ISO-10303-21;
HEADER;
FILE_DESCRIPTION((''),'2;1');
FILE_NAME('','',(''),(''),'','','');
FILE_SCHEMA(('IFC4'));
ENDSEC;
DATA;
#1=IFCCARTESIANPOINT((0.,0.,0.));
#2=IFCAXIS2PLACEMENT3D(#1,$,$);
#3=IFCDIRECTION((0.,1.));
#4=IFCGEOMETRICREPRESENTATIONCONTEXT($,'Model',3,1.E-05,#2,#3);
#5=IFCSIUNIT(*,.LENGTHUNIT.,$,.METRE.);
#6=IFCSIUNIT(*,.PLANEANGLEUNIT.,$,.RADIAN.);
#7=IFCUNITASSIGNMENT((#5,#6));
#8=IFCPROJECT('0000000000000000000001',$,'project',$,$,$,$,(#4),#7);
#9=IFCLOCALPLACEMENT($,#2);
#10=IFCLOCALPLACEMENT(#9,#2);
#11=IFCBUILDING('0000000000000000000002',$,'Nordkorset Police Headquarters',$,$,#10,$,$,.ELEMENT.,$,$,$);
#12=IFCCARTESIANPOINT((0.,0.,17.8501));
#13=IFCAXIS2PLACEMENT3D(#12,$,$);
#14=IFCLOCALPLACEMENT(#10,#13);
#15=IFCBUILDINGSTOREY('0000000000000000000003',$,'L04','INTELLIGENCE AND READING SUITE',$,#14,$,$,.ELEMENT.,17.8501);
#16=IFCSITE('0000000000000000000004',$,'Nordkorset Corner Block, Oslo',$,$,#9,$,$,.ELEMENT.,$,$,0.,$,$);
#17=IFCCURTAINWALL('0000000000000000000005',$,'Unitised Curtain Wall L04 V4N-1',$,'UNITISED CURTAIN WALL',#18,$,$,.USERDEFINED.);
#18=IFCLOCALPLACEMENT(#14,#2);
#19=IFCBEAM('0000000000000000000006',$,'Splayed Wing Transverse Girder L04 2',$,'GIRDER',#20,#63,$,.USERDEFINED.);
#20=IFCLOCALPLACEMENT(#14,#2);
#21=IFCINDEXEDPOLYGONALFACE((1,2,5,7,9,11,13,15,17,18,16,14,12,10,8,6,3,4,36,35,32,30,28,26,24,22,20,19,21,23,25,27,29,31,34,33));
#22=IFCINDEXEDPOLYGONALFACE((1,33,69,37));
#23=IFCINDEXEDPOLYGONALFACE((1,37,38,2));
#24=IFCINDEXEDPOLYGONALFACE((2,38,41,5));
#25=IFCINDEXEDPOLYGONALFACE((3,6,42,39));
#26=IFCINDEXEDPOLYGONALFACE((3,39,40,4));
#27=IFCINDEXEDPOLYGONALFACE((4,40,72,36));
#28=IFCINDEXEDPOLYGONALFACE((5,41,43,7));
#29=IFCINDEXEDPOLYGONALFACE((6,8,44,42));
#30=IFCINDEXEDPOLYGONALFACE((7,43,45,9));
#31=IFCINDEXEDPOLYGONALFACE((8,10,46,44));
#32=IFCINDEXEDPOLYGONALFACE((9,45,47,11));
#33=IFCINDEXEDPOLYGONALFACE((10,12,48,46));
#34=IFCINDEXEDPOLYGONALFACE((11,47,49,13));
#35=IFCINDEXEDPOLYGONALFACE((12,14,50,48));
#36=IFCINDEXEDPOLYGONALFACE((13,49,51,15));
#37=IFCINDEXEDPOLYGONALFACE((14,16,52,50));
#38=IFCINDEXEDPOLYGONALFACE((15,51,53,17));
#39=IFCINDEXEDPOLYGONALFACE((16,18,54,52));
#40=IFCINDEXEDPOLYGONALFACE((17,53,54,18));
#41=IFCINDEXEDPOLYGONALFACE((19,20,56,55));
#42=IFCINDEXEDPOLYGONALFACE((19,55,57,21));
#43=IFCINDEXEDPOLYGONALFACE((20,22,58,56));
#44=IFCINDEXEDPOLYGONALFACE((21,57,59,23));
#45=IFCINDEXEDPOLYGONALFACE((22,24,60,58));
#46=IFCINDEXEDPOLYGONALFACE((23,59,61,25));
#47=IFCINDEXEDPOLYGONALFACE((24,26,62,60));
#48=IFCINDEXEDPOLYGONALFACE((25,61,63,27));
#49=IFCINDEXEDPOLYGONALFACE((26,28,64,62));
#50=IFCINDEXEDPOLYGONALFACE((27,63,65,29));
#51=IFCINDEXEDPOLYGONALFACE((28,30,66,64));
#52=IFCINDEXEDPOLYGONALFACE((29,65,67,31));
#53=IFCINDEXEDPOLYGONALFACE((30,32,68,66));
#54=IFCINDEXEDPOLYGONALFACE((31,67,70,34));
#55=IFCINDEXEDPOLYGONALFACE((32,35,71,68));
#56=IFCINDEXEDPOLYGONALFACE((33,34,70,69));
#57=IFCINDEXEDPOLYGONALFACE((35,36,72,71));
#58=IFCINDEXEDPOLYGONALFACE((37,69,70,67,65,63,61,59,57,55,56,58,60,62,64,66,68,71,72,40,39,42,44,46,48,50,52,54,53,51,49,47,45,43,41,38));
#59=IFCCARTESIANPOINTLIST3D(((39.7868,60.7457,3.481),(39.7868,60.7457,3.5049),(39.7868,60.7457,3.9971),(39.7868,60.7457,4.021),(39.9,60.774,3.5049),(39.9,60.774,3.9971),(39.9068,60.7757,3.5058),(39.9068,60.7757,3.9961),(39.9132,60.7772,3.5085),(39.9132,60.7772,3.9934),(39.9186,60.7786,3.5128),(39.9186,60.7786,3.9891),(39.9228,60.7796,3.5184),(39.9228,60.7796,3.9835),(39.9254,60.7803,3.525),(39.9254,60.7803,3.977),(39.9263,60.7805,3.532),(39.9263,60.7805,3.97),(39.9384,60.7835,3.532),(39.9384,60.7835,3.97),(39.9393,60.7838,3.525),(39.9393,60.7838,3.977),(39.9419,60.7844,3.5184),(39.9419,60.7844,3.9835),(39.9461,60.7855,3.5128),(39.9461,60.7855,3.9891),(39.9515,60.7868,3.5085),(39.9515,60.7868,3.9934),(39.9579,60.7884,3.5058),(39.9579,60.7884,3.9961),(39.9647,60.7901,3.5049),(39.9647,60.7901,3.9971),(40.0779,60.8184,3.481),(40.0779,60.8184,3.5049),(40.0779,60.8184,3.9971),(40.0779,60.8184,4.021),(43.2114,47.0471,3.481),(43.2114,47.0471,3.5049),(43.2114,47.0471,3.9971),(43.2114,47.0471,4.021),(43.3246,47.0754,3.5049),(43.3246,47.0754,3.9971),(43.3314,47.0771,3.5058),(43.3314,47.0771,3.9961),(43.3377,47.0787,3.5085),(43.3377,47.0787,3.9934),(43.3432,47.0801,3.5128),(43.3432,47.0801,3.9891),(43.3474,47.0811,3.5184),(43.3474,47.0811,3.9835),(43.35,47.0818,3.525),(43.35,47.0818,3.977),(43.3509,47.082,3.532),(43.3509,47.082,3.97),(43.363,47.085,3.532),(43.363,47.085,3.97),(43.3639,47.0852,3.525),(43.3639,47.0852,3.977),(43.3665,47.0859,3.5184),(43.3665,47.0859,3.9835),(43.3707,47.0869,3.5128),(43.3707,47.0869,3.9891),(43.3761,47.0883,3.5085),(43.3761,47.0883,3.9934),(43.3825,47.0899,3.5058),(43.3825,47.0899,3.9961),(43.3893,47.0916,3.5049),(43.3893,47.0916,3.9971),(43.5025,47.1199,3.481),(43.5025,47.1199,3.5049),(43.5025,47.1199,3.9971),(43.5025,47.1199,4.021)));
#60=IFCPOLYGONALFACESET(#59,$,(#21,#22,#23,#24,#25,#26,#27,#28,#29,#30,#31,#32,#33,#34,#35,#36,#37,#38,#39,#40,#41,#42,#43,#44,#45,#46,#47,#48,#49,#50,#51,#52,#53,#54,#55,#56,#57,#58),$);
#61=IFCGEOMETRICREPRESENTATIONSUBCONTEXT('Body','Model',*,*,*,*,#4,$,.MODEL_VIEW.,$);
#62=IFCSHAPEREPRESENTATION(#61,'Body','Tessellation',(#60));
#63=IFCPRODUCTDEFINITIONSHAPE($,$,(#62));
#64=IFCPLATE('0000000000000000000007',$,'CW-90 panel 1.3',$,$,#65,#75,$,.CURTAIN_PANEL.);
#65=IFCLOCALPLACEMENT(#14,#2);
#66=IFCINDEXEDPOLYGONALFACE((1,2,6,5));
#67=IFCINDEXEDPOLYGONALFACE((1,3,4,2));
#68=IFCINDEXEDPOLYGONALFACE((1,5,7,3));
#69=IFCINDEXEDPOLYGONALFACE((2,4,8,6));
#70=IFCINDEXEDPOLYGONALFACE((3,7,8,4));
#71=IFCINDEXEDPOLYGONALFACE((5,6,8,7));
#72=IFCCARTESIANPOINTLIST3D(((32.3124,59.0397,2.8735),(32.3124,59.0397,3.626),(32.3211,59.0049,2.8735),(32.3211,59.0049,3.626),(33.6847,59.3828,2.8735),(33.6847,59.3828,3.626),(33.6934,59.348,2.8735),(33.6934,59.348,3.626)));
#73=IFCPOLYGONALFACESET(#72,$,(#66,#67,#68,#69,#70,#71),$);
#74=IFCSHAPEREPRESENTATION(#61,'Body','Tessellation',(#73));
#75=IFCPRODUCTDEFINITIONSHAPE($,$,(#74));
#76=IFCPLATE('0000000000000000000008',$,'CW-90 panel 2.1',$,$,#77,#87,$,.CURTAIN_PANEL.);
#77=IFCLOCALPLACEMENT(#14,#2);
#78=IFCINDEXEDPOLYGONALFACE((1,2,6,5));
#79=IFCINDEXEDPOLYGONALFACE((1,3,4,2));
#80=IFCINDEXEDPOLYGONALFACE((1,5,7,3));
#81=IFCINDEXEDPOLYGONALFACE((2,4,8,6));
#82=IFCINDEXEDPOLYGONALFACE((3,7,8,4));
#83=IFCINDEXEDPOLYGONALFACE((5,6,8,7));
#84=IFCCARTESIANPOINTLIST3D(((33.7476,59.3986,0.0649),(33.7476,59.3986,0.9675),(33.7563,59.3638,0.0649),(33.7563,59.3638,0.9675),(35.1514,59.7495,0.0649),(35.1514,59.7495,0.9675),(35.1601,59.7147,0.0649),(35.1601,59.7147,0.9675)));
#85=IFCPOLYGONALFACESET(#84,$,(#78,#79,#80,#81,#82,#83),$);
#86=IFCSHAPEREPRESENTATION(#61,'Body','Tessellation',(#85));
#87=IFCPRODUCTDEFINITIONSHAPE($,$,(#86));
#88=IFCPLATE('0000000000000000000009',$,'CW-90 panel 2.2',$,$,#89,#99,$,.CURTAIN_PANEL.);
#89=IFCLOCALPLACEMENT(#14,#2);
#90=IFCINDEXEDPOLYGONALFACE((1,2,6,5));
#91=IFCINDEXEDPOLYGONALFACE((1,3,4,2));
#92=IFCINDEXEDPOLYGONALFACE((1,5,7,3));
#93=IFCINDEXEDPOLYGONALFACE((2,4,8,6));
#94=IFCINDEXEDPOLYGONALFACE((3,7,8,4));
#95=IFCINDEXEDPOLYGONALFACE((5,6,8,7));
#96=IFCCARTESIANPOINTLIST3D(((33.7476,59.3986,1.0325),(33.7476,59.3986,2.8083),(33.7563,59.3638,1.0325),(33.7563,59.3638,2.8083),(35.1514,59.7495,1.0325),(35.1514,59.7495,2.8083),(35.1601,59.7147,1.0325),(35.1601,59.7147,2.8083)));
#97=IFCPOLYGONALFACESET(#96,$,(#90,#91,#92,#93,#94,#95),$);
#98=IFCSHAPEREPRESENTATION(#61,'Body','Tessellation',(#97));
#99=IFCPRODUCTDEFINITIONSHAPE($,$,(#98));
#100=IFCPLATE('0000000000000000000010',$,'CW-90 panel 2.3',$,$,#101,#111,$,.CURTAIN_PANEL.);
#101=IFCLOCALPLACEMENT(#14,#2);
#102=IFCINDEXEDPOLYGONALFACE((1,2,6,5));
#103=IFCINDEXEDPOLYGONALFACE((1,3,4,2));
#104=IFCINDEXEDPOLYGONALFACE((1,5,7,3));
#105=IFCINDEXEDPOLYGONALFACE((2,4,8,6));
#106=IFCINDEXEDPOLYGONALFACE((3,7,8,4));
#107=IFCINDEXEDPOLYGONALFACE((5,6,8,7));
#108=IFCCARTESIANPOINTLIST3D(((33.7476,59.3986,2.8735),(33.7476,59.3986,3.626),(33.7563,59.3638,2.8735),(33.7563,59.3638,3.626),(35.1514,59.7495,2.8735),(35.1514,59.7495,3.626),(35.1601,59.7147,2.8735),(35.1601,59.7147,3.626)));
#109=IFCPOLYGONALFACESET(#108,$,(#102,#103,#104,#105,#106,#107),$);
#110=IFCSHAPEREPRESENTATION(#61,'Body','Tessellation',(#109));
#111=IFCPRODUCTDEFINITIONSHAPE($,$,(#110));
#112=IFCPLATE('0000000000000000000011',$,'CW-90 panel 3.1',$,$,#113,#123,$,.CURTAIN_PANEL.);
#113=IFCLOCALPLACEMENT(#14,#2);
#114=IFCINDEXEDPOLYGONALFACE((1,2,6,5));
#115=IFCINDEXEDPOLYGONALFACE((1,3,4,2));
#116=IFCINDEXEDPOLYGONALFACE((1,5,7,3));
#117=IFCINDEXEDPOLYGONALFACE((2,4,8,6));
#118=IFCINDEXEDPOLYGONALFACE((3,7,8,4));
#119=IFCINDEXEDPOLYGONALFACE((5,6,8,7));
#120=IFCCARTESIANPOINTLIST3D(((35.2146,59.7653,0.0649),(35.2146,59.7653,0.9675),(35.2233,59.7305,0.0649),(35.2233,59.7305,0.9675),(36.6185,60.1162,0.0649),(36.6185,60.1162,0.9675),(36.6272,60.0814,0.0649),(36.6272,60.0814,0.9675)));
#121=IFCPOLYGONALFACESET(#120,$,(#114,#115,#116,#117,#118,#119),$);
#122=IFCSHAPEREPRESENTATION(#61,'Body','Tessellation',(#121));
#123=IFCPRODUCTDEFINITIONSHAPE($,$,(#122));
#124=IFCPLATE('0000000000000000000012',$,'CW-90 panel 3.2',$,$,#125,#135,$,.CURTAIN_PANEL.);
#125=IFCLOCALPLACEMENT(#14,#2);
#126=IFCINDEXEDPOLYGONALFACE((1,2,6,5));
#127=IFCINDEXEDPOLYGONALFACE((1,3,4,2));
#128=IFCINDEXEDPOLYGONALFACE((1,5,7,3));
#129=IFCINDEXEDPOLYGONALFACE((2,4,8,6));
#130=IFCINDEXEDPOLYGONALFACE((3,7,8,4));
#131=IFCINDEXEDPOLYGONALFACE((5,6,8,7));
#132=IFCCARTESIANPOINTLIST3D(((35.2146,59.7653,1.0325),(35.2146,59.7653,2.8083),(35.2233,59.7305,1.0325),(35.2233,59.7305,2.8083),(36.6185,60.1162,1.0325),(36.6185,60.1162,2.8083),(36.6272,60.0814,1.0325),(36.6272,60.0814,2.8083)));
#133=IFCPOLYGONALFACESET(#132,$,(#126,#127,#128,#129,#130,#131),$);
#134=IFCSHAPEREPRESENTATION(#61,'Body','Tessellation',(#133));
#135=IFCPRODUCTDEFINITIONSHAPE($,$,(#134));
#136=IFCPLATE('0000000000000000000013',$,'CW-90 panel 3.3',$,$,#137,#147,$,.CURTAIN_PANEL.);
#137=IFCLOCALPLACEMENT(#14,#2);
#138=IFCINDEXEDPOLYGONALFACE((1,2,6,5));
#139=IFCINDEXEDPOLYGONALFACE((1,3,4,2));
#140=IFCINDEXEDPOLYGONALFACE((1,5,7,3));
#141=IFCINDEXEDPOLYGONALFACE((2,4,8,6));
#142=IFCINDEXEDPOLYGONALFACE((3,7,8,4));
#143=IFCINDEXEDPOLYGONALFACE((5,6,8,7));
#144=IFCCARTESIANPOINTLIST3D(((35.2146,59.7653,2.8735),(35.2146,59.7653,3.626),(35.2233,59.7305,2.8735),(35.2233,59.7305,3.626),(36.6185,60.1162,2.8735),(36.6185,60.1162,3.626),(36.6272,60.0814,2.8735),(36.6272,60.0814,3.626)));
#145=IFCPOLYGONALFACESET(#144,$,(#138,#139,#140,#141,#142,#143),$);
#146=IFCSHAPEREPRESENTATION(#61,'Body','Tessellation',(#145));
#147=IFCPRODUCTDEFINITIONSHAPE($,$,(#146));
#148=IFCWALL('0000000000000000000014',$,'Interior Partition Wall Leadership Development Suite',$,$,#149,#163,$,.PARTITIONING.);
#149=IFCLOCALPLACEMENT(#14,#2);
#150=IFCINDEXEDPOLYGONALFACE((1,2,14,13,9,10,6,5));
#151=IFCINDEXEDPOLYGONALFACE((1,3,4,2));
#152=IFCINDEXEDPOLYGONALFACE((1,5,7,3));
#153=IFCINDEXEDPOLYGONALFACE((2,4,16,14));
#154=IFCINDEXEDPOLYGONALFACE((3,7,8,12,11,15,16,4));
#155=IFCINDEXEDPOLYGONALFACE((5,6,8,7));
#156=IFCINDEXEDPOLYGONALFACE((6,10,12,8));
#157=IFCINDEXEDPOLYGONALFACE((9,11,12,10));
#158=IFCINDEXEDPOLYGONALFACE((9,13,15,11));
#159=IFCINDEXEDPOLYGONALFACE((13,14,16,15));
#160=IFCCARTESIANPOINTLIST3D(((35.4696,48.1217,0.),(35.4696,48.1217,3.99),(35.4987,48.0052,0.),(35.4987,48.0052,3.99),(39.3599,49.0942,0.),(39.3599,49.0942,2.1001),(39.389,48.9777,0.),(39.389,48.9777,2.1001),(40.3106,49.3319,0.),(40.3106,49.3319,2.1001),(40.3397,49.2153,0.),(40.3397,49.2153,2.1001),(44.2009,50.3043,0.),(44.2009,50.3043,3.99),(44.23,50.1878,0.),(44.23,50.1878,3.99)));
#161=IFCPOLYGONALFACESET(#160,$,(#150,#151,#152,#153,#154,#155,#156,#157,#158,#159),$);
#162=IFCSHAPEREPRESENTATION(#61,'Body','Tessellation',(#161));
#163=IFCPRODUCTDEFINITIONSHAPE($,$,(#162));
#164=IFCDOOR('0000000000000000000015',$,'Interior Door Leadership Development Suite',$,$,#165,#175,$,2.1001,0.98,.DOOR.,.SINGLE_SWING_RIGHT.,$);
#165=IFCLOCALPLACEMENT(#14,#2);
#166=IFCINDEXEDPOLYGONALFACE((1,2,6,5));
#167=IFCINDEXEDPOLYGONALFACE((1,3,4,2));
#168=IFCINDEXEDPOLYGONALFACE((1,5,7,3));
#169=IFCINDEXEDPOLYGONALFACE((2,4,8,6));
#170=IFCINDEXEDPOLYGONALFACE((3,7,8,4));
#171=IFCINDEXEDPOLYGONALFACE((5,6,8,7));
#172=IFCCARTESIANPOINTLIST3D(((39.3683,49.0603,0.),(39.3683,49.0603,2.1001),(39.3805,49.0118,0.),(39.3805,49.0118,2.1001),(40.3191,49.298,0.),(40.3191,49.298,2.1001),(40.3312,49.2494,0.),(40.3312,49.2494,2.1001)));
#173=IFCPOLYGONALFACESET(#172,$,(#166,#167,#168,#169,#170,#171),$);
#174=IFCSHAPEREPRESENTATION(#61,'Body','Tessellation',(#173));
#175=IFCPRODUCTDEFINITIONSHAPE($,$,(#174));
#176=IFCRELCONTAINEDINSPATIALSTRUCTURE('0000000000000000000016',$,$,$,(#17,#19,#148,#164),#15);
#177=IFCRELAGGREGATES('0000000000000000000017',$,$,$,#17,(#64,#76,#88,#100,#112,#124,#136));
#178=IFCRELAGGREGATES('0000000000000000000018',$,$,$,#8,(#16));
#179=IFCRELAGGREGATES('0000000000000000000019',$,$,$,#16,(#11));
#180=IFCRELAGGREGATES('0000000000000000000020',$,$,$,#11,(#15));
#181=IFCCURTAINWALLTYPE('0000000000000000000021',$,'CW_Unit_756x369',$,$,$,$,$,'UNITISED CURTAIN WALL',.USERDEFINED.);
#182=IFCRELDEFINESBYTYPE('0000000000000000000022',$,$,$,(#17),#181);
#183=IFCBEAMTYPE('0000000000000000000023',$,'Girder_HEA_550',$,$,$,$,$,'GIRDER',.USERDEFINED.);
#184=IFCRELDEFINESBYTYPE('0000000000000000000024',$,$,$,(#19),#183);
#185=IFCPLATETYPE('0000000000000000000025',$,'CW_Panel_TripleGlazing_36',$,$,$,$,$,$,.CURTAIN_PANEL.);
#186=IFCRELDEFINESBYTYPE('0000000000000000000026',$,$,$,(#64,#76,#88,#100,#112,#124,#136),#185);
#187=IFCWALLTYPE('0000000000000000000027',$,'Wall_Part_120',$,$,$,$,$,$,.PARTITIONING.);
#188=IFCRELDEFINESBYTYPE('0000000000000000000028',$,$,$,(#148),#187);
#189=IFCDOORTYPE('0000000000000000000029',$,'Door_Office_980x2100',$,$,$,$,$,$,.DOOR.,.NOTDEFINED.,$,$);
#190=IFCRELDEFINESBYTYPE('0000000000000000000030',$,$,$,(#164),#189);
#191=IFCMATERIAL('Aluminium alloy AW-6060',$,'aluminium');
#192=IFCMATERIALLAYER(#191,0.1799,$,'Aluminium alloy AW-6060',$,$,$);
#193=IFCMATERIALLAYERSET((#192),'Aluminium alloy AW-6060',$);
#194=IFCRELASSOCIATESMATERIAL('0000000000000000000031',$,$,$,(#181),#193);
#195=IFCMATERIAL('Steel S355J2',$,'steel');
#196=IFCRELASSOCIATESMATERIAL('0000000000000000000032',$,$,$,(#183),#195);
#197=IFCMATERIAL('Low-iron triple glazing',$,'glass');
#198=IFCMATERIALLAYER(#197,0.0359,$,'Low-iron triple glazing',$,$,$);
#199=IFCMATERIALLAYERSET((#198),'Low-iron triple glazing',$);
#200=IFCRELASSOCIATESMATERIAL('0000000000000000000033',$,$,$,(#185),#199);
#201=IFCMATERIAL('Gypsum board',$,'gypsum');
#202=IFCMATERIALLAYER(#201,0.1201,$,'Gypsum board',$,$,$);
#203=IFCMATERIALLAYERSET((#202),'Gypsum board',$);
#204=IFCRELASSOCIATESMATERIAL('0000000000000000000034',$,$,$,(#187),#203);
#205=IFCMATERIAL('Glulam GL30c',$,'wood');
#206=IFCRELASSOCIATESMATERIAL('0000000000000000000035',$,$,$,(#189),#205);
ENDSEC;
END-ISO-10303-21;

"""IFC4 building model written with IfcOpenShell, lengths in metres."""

from ifc_helpers import new_model, si_unit, direction, frame, frame_2d, origin, origin_2d, place, context, subcontext, project, spatial, rectangle, i_section, extrude, material, layer, layer_set, material_profile, profile_set, type_object, element, fill, aggregate, save


model = new_model("IFC4")

# Units and contexts
model_context = context("Model", 3, precision=1e-05, world=origin(), true_north=direction((0.0, 1.0)))
body_context = subcontext(model_context, "Body", "Model", "MODEL_VIEW")
ifc_project = project(units=[si_unit("LENGTHUNIT", "METRE"), si_unit("PLANEANGLEUNIT", "RADIAN")], contexts=[model_context])

# Site, building, storey
site_placement = place(None, origin())
site = spatial("IfcSite", under=ifc_project, at=site_placement, Name="Nordkorset Corner Block, Oslo", CompositionType="ELEMENT", RefElevation=0.0)
building_placement = place(site_placement, origin())
building = spatial("IfcBuilding", under=site, at=building_placement, Name="Nordkorset Police Headquarters", CompositionType="ELEMENT")
storey_placement = place(building_placement, frame((0.0, 0.0, 17.8501)))
storey = spatial("IfcBuildingStorey", under=building, at=storey_placement, Name="L04", Description="INTELLIGENCE AND READING SUITE", CompositionType="ELEMENT", Elevation=17.8501)

# Curtain wall
ifc_material_1 = material(Name="Aluminium alloy AW-6060", Category="aluminium")
ifc_layer_1 = layer(ifc_material_1, 0.1799, Name="Aluminium alloy AW-6060")
ifc_layer_set_1 = layer_set([ifc_layer_1], Name="Aluminium alloy AW-6060")
curtain_wall_type_1 = type_object("IfcCurtainWallType", Name="CW_Unit_756x369", ElementType="UNITISED CURTAIN WALL", PredefinedType="USERDEFINED", material=ifc_layer_set_1)
curtain_wall_1_placement = place(storey_placement, origin())
curtain_wall_1 = element("IfcCurtainWall", 1, at=curtain_wall_1_placement, inside=storey, type_object=curtain_wall_type_1, Name="Unitised Curtain Wall L04 V4N-1", ObjectType="UNITISED CURTAIN WALL", PredefinedType="USERDEFINED")

# Beam
ifc_material_2 = material(Name="Steel S355J2", Category="steel")
ifc_material_profile_1 = material_profile(ifc_material_2, i_section(OverallWidth=0.3, OverallDepth=0.54, WebThickness=0.0125, FlangeThickness=0.0239, FilletRadius=0.0271, at=origin_2d()), Name="HEA 550")
ifc_profile_set_1 = profile_set([ifc_material_profile_1], Name="Steel S355J2")
beam_type = type_object("IfcBeamType", Name="Girder_HEA_550", ElementType="GIRDER", PredefinedType="USERDEFINED", material=ifc_profile_set_1)
beam_placement = place(storey_placement, frame((43.3569, 47.0835, 3.751), z_axis=(-0.242532, 0.970144, 0.0), x_axis=(-0.970144, -0.242532, 0.0)))
element("IfcBeam", 2, at=beam_placement, inside=storey, type_object=beam_type, Name="Splayed Wing Transverse Girder L04 2", ObjectType="GIRDER", PredefinedType="USERDEFINED", context=body_context, shape_type="SweptSolid", body=[
    extrude(i_section(OverallWidth=0.3, OverallDepth=0.54, WebThickness=0.0125, FlangeThickness=0.0239, FilletRadius=0.0271, at=origin_2d()), origin(), (0.0, 0.0, 1.0), 14.1201),
])

# Plates
ifc_material_3 = material(Name="Low-iron triple glazing", Category="glass")
ifc_layer_2 = layer(ifc_material_3, 0.0359, Name="Low-iron triple glazing")
ifc_layer_set_2 = layer_set([ifc_layer_2], Name="Low-iron triple glazing")
plate_type = type_object("IfcPlateType", Name="CW_Panel_TripleGlazing_36", PredefinedType="CURTAIN_PANEL", material=ifc_layer_set_2)
plate_1_placement = place(storey_placement, frame((33.0029, 59.1938, 2.8735), z_axis=(0.0, 0.0, 1.0), x_axis=(0.970143, 0.242536, 0.0)))
plate_1 = element("IfcPlate", 3, at=plate_1_placement, type_object=plate_type, Name="CW-90 panel 1.3", PredefinedType="CURTAIN_PANEL", context=body_context, shape_type="SweptSolid", body=[
    extrude(rectangle(XDim=1.4146, YDim=0.0359, at=origin_2d()), origin(), (0.0, 0.0, 1.0), 0.7524),
])
plate_2_placement = place(storey_placement, frame((34.4539, 59.5566, 0.0649), z_axis=(0.0, 0.0, 1.0), x_axis=(0.970143, 0.242536, 0.0)))
plate_2 = element("IfcPlate", 4, at=plate_2_placement, type_object=plate_type, Name="CW-90 panel 2.1", PredefinedType="CURTAIN_PANEL", context=body_context, shape_type="SweptSolid", body=[
    extrude(rectangle(XDim=1.447, YDim=0.0359, at=origin_2d()), origin(), (0.0, 0.0, 1.0), 0.9026),
])
plate_3_placement = place(storey_placement, frame((34.4539, 59.5566, 1.0325), z_axis=(0.0, 0.0, 1.0), x_axis=(0.970143, 0.242536, 0.0)))
plate_3 = element("IfcPlate", 5, at=plate_3_placement, type_object=plate_type, Name="CW-90 panel 2.2", PredefinedType="CURTAIN_PANEL", context=body_context, shape_type="SweptSolid", body=[
    extrude(rectangle(XDim=1.447, YDim=0.0359, at=origin_2d()), origin(), (0.0, 0.0, 1.0), 1.7759),
])
plate_4_placement = place(storey_placement, frame((34.4539, 59.5566, 2.8735), z_axis=(0.0, 0.0, 1.0), x_axis=(0.970143, 0.242536, 0.0)))
plate_4 = element("IfcPlate", 6, at=plate_4_placement, type_object=plate_type, Name="CW-90 panel 2.3", PredefinedType="CURTAIN_PANEL", context=body_context, shape_type="SweptSolid", body=[
    extrude(rectangle(XDim=1.447, YDim=0.0359, at=origin_2d()), origin(), (0.0, 0.0, 1.0), 0.7524),
])
plate_5_placement = place(storey_placement, frame((35.9209, 59.9233, 0.0649), z_axis=(0.0, 0.0, 1.0), x_axis=(0.970143, 0.242536, 0.0)))
plate_5 = element("IfcPlate", 7, at=plate_5_placement, type_object=plate_type, Name="CW-90 panel 3.1", PredefinedType="CURTAIN_PANEL", context=body_context, shape_type="SweptSolid", body=[
    extrude(rectangle(XDim=1.447, YDim=0.0359, at=origin_2d()), origin(), (0.0, 0.0, 1.0), 0.9026),
])
plate_6_placement = place(storey_placement, frame((35.9209, 59.9233, 1.0325), z_axis=(0.0, 0.0, 1.0), x_axis=(0.970143, 0.242536, 0.0)))
plate_6 = element("IfcPlate", 8, at=plate_6_placement, type_object=plate_type, Name="CW-90 panel 3.2", PredefinedType="CURTAIN_PANEL", context=body_context, shape_type="SweptSolid", body=[
    extrude(rectangle(XDim=1.447, YDim=0.0359, at=origin_2d()), origin(), (0.0, 0.0, 1.0), 1.7759),
])
plate_7_placement = place(storey_placement, frame((35.9209, 59.9233, 2.8735), z_axis=(0.0, 0.0, 1.0), x_axis=(0.970143, 0.242536, 0.0)))
plate_7 = element("IfcPlate", 9, at=plate_7_placement, type_object=plate_type, Name="CW-90 panel 3.3", PredefinedType="CURTAIN_PANEL", context=body_context, shape_type="SweptSolid", body=[
    extrude(rectangle(XDim=1.447, YDim=0.0359, at=origin_2d()), origin(), (0.0, 0.0, 1.0), 0.7524),
])
aggregate(curtain_wall_1, [plate_1, plate_2, plate_3, plate_4, plate_5, plate_6, plate_7])

# Wall, opening, door
ifc_material_4 = material(Name="Gypsum board", Category="gypsum")
ifc_layer_3 = layer(ifc_material_4, 0.1201, Name="Gypsum board")
ifc_layer_set_3 = layer_set([ifc_layer_3], Name="Gypsum board")
wall_type = type_object("IfcWallType", Name="Wall_Part_120", PredefinedType="PARTITIONING", material=ifc_layer_set_3)
wall_placement = place(storey_placement, frame((35.4841, 48.0635, 0.0), z_axis=(0.0, 0.0, 1.0), x_axis=(0.970149, 0.24251, 0.0)))
wall = element("IfcWall", 10, at=wall_placement, inside=storey, type_object=wall_type, Name="Interior Partition Wall Leadership Development Suite", PredefinedType="PARTITIONING", context=body_context, shape_type="SweptSolid", body=[
    extrude(rectangle(XDim=9.0, YDim=0.1201, at=frame_2d((4.5, 0.0))), origin(), (0.0, 0.0, 1.0), 3.99),
])
opening_placement = place(wall_placement, frame((4.01, 0.0, 0.0)))
opening = element("IfcOpeningElement", 11, at=opening_placement, cuts=wall, PredefinedType="OPENING", context=body_context, shape_type="SweptSolid", body=[
    extrude(rectangle(XDim=0.98, YDim=2.1001, at=frame_2d((0.49, 1.05))), frame((0.0, 0.0701, 0.0), z_axis=(0.0, -1.0, 0.0), x_axis=(1.0, 0.0, 0.0)), (0.0, 0.0, 1.0), 0.1401),
])
ifc_material_5 = material(Name="Glulam GL30c", Category="wood")
door_type = type_object("IfcDoorType", Name="Door_Office_980x2100", OperationType="NOTDEFINED", PredefinedType="DOOR", material=ifc_material_5)
door_placement = place(opening_placement, frame((0.98, 0.0, 0.0), z_axis=(0.0, 0.0, 1.0), x_axis=(-1.0, 0.0, 0.0)))
door = element("IfcDoor", 12, at=door_placement, inside=storey, type_object=door_type, Name="Interior Door Leadership Development Suite", OperationType="SINGLE_SWING_RIGHT", OverallHeight=2.1001, OverallWidth=0.98, PredefinedType="DOOR", context=body_context, shape_type="SweptSolid", body=[
    extrude(rectangle(XDim=0.98, YDim=2.1001, at=frame_2d((0.49, 1.05))), frame((0.0, 0.0249, 0.0), z_axis=(0.0, -1.0, 0.0), x_axis=(1.0, 0.0, 0.0)), (0.0, 0.0, 1.0), 0.05),
])
fill(opening, door)

save(model, "model.ifc")
